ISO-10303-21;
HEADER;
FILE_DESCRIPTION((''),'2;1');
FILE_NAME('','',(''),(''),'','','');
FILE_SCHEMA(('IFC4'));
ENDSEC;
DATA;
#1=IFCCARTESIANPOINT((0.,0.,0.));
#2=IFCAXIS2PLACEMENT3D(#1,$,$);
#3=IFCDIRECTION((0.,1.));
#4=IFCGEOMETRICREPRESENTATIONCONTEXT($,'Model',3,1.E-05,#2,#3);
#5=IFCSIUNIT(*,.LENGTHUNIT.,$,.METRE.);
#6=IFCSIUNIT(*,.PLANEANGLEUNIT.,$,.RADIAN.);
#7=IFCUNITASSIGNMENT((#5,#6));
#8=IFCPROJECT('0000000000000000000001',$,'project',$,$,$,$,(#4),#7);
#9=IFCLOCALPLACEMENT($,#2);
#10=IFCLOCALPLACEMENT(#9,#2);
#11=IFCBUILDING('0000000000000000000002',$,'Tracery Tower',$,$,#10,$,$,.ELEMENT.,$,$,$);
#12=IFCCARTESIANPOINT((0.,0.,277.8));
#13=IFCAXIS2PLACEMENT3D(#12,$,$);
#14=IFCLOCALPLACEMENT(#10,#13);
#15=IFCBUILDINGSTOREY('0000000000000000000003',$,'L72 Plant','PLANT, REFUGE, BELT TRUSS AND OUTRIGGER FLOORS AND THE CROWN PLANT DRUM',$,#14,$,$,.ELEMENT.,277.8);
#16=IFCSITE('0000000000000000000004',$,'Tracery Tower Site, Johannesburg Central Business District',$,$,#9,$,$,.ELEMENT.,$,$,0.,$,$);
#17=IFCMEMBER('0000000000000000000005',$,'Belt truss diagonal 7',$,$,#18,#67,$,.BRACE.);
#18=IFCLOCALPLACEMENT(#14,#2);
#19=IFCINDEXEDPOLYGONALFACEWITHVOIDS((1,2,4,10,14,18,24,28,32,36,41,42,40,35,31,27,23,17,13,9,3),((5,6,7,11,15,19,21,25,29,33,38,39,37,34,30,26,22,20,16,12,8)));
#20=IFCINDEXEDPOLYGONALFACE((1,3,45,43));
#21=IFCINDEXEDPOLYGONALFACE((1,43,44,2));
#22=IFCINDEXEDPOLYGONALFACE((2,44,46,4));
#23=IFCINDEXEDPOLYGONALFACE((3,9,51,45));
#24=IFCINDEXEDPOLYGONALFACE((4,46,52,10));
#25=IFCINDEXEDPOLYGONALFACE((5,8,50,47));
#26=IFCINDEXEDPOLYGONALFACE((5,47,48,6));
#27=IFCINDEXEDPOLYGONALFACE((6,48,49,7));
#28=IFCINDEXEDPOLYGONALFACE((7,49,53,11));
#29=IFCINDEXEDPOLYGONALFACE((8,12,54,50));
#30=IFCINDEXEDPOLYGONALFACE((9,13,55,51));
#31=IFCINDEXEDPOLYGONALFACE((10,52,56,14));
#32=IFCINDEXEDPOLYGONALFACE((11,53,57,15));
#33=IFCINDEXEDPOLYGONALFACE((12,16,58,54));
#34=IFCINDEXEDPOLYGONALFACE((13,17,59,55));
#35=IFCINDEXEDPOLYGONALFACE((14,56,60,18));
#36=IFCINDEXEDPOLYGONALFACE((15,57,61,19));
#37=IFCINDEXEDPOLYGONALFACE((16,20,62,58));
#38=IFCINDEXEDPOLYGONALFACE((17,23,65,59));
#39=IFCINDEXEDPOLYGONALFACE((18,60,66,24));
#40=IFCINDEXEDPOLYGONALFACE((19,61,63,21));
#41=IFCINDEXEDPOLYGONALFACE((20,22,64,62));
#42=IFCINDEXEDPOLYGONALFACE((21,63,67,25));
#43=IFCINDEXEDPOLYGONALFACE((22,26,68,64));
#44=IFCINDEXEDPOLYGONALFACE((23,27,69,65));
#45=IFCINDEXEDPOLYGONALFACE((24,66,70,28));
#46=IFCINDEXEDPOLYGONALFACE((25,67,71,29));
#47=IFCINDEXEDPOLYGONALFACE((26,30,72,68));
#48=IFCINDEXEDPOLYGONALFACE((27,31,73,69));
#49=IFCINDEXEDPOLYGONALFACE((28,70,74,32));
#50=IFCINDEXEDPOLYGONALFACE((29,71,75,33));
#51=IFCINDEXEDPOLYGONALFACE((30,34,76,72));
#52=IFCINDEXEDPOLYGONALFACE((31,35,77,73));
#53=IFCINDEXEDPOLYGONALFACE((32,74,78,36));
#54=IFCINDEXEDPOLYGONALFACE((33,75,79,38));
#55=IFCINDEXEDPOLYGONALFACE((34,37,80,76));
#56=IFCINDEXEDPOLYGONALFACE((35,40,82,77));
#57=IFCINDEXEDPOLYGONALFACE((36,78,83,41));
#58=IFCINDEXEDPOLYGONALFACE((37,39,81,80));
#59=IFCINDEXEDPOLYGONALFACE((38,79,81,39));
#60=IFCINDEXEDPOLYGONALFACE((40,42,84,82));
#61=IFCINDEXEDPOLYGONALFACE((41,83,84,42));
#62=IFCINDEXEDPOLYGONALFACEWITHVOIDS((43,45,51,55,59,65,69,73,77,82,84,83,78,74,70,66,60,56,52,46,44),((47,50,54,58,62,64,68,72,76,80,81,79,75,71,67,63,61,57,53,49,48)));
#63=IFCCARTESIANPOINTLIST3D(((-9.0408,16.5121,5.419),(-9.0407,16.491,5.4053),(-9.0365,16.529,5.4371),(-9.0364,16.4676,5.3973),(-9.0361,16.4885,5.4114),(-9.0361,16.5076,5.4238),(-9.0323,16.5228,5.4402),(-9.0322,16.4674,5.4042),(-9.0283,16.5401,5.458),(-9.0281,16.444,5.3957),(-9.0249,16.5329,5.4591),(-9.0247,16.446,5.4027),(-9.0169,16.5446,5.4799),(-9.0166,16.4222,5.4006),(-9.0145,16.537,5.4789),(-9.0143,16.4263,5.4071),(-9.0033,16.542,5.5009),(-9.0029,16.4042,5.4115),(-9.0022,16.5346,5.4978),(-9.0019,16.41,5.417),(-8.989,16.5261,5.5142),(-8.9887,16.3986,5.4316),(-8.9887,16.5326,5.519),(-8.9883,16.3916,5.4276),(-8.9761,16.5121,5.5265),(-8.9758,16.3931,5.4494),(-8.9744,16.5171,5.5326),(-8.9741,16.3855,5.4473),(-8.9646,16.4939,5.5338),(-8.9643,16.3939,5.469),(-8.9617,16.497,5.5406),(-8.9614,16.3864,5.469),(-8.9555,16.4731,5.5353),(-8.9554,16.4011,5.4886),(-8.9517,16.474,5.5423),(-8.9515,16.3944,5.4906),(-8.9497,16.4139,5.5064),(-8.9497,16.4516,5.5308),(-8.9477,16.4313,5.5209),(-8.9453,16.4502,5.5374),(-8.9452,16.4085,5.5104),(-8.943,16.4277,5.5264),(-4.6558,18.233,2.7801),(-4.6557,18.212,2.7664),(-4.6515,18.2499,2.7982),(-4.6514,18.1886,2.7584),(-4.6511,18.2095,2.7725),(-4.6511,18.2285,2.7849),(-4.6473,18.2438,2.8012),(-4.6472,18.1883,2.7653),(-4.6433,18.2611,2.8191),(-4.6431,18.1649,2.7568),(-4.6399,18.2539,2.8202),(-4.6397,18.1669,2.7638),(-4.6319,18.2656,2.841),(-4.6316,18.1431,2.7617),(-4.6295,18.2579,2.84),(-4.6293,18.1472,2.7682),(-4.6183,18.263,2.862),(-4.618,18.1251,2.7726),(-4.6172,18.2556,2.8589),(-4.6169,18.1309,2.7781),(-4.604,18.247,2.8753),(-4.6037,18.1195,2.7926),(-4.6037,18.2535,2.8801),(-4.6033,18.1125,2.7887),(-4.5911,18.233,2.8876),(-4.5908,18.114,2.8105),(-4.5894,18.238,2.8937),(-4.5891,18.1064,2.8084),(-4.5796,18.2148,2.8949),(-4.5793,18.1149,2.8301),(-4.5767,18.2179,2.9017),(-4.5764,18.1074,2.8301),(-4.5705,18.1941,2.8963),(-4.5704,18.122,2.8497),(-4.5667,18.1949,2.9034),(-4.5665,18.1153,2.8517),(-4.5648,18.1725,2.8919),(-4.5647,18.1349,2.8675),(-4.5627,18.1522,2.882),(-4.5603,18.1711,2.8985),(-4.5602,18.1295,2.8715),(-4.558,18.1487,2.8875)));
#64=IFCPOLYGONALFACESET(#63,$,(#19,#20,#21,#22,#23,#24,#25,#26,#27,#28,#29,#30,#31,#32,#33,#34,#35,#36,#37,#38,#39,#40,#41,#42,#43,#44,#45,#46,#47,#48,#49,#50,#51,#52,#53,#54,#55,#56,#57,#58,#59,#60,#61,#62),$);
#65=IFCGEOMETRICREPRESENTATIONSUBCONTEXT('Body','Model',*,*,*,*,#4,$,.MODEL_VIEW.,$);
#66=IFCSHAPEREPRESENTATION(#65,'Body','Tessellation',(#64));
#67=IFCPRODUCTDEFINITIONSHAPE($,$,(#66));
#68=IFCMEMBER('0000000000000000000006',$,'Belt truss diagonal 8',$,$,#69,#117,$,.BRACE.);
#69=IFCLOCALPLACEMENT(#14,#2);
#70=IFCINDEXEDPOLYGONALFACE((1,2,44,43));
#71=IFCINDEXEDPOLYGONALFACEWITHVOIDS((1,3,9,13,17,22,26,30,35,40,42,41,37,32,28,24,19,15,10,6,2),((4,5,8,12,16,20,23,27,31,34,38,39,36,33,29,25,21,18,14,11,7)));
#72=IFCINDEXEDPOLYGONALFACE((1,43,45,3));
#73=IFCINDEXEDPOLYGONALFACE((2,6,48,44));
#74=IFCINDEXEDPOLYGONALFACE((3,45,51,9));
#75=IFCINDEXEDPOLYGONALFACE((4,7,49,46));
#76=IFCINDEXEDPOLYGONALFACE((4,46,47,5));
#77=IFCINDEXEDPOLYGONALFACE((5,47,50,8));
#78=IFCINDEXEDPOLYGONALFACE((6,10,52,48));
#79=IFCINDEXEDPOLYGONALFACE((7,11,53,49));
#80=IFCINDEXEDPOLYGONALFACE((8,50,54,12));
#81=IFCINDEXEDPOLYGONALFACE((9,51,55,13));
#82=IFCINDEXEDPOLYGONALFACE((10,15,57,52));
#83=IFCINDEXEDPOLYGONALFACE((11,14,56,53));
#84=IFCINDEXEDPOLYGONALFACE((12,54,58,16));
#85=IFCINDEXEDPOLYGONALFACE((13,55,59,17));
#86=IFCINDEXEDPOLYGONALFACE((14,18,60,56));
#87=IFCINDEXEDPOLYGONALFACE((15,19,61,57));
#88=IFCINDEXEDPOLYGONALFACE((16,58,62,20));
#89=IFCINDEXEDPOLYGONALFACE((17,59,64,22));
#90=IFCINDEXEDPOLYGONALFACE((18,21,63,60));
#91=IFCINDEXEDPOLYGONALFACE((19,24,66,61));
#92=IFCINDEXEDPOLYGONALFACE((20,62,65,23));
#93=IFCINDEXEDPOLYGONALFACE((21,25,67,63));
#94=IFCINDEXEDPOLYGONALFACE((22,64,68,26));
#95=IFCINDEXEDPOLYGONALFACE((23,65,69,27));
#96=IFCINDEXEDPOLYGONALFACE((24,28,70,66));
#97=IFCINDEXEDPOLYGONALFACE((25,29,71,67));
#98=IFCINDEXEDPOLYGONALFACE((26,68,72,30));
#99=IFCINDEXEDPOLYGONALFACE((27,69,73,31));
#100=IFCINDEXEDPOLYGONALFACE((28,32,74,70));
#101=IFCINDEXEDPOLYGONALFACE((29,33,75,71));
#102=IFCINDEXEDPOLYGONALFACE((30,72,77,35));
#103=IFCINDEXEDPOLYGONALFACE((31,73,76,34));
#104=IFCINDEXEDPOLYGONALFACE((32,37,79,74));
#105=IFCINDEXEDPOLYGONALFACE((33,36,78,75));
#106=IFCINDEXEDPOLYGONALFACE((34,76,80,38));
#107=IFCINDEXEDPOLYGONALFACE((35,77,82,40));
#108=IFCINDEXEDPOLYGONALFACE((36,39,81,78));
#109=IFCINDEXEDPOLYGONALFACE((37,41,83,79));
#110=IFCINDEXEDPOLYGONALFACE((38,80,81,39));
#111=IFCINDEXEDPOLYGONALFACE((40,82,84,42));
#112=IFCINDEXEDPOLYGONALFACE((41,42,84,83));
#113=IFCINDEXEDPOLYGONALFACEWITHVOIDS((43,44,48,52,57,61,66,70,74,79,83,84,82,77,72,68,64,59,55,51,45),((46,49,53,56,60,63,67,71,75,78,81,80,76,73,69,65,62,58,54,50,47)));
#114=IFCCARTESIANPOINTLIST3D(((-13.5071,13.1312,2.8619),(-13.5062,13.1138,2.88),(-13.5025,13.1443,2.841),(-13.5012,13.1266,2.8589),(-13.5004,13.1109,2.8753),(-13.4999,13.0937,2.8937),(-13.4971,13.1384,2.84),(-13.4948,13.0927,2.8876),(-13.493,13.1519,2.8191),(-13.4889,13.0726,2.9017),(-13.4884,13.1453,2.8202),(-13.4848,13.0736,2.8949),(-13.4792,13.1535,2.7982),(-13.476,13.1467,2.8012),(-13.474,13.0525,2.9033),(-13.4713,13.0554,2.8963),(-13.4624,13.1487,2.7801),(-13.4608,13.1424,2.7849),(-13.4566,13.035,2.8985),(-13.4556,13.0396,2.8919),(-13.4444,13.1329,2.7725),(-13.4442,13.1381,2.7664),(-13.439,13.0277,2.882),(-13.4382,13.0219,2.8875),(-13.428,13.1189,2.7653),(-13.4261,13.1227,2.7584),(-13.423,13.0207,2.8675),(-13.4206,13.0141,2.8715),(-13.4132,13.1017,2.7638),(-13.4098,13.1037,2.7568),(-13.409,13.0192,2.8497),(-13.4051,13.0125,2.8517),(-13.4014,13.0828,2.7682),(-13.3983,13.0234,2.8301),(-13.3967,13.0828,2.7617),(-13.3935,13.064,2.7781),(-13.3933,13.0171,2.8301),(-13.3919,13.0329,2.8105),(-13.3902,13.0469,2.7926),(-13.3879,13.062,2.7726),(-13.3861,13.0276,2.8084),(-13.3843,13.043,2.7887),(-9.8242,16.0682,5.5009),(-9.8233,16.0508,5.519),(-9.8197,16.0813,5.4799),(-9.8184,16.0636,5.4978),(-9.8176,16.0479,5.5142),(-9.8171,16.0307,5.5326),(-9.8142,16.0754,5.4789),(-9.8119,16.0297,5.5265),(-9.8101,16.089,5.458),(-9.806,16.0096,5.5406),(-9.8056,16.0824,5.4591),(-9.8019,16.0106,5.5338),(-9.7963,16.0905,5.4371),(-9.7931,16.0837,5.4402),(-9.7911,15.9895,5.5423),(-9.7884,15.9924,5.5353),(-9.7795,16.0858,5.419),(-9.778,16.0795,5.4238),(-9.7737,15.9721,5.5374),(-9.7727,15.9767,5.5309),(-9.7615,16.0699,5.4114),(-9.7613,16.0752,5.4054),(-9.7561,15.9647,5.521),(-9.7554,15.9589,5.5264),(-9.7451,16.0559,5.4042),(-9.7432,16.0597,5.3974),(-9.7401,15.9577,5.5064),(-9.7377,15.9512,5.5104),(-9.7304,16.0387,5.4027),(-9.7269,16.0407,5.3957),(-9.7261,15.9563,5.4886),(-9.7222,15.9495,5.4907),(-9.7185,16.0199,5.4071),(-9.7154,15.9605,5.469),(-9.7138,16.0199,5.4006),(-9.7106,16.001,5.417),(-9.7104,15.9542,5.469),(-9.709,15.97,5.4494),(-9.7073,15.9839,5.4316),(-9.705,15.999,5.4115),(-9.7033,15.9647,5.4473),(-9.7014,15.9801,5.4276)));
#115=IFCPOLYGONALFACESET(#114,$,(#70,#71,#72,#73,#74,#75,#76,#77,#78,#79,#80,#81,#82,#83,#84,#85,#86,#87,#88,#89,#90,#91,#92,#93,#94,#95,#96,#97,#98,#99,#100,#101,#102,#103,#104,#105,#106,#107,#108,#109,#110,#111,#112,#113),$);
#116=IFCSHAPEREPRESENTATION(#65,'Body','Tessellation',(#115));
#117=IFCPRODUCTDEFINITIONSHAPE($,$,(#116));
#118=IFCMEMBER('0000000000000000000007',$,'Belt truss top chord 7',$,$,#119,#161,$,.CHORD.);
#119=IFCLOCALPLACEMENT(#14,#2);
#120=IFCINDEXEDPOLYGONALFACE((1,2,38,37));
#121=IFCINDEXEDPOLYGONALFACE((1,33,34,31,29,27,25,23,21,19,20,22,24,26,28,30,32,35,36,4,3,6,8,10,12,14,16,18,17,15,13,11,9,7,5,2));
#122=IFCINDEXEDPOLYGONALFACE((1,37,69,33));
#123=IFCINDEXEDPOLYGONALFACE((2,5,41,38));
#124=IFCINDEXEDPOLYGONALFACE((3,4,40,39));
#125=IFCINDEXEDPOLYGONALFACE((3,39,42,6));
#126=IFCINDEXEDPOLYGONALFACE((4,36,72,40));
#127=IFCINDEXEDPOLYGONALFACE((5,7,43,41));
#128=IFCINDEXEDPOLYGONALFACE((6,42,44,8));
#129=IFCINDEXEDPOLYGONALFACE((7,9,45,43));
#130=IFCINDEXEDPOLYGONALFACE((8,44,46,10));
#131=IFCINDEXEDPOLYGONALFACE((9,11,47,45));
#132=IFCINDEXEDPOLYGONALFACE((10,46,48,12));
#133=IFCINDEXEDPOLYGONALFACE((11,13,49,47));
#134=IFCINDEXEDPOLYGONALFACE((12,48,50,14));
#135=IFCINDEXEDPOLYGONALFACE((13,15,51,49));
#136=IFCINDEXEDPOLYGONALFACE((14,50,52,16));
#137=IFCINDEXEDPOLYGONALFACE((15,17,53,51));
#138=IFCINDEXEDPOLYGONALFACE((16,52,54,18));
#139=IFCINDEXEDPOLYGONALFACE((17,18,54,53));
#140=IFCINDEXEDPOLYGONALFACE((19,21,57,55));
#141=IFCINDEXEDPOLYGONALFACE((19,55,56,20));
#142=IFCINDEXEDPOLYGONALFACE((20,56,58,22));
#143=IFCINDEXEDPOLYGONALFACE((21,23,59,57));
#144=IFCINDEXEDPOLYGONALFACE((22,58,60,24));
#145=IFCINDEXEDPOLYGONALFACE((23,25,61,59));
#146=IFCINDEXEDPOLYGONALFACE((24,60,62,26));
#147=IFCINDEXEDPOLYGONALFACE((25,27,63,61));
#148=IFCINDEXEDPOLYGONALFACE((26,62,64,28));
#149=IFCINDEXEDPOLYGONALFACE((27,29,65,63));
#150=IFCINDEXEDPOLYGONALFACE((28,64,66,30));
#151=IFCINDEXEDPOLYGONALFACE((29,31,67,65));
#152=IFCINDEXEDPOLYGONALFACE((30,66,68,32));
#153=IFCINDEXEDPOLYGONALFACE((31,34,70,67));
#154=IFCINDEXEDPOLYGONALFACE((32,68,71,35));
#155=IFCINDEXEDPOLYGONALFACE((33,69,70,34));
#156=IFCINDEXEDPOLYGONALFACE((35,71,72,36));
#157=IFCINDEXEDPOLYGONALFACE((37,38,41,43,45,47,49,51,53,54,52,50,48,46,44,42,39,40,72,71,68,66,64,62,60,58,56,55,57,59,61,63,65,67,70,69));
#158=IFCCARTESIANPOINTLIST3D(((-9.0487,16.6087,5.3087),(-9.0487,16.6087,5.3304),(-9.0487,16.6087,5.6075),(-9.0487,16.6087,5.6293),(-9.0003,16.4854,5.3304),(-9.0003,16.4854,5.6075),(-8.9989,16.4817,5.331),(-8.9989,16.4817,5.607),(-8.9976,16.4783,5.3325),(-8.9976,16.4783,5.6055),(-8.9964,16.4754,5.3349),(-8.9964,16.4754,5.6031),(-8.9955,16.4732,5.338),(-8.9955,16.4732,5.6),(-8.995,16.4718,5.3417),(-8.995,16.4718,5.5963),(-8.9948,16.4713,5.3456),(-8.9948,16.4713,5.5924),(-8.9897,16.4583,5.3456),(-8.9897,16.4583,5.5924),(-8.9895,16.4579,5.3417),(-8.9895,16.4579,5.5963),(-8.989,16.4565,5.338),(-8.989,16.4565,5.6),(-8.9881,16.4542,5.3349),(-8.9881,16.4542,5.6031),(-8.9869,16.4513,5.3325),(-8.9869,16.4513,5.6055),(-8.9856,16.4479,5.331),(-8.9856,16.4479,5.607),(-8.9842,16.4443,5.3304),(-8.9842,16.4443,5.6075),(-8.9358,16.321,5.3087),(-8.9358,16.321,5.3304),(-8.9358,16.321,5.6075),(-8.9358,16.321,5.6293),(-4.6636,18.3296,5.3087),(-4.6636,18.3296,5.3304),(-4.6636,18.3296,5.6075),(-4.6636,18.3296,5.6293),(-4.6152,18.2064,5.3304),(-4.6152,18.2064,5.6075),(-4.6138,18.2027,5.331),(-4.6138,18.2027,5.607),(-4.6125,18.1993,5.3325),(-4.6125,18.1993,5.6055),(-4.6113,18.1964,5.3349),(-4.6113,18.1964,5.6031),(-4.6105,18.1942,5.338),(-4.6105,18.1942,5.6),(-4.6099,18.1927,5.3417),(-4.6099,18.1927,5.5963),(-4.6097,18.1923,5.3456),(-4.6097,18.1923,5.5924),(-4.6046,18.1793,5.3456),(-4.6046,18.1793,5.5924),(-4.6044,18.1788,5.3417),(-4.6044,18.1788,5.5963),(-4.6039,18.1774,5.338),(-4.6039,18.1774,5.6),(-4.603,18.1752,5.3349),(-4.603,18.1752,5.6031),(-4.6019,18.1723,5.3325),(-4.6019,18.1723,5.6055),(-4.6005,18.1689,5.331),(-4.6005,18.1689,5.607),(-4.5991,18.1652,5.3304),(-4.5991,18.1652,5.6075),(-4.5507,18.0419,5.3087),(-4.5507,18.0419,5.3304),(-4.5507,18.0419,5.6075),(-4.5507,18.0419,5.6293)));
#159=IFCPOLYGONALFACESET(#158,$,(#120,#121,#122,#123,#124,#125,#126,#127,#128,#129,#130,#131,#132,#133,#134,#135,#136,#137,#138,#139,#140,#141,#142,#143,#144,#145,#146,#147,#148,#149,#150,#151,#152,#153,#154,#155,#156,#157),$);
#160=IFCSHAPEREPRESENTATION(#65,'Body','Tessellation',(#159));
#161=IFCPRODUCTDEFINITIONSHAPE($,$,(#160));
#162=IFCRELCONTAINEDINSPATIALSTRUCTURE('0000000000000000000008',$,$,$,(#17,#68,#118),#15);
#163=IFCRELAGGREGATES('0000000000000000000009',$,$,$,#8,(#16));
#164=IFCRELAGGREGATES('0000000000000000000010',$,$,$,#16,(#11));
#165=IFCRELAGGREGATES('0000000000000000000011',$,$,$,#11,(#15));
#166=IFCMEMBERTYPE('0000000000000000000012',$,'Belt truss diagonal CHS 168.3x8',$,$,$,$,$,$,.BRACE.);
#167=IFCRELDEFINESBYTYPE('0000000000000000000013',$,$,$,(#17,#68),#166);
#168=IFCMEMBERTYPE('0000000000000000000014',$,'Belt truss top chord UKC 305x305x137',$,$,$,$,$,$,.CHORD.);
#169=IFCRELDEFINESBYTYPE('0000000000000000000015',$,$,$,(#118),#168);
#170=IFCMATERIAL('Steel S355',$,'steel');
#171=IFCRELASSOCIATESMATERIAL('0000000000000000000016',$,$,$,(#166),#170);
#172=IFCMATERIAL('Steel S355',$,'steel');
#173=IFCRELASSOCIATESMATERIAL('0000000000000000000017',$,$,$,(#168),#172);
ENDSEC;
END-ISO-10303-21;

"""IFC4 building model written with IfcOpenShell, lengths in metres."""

from ifc_helpers import new_model, si_unit, direction, frame, origin, origin_2d, place, context, subcontext, project, spatial, hollow_circle, i_section, extrude, material, material_profile, profile_set, type_object, element, save


model = new_model("IFC4")

# Units and contexts
model_context = context("Model", 3, precision=1e-05, world=origin(), true_north=direction((0.0, 1.0)))
body_context = subcontext(model_context, "Body", "Model", "MODEL_VIEW")
ifc_project = project(units=[si_unit("LENGTHUNIT", "METRE"), si_unit("PLANEANGLEUNIT", "RADIAN")], contexts=[model_context])

# Site, building, storey
site_placement = place(None, origin())
site = spatial("IfcSite", under=ifc_project, at=site_placement, Name="Tracery Tower Site, Johannesburg Central Business District", CompositionType="ELEMENT", RefElevation=0.0)
building_placement = place(site_placement, origin())
building = spatial("IfcBuilding", under=site, at=building_placement, Name="Tracery Tower", CompositionType="ELEMENT")
storey_placement = place(building_placement, frame((0.0, 0.0, 277.8)))
storey = spatial("IfcBuildingStorey", under=building, at=storey_placement, Name="L72 Plant", Description="PLANT, REFUGE, BELT TRUSS AND OUTRIGGER FLOORS AND THE CROWN PLANT DRUM", CompositionType="ELEMENT", Elevation=277.8)

# Members
ifc_material_1 = material(Name="Steel S355", Category="steel")
ifc_material_profile_1 = material_profile(ifc_material_1, hollow_circle(Radius=0.0842, WallThickness=0.0081, at=origin_2d()), Name="CHS 168.3x8")
ifc_profile_set_1 = profile_set([ifc_material_profile_1], Name="Steel S355")
member_type_1 = type_object("IfcMemberType", Name="Belt truss diagonal CHS 168.3x8", PredefinedType="BRACE", material=ifc_profile_set_1)
for number, where, z_axis, x_axis, name in (
    (1, (-4.6072, 18.1858, 2.8301), (-0.812125, -0.318728, 0.48874), (0.365333, -0.930877, 0.0), "Belt truss diagonal 7"),
    (2, (-9.7629, 16.02, 5.469), (-0.682089, -0.543953, -0.488744), (0.623493, -0.781829, 0.0), "Belt truss diagonal 8"),
):
    element("IfcMember", number, at=place(storey_placement, frame(where, z_axis=z_axis, x_axis=x_axis)), inside=storey, type_object=member_type_1, Name=name, PredefinedType="BRACE", context=body_context, shape_type="SweptSolid", body=[
        extrude(hollow_circle(Radius=0.0842, WallThickness=0.0081, at=origin_2d()), origin(), (0.0, 0.0, 1.0), 5.3994),
    ])
ifc_material_2 = material(Name="Steel S355", Category="steel")
ifc_material_profile_2 = material_profile(ifc_material_2, i_section(OverallWidth=0.3091, OverallDepth=0.3206, WebThickness=0.0139, FlangeThickness=0.0217, FilletRadius=0.0151, at=origin_2d()), Name="UKC 305x305x137")
ifc_profile_set_2 = profile_set([ifc_material_profile_2], Name="Steel S355")
member_type_2 = type_object("IfcMemberType", Name="Belt truss top chord UKC 305x305x137", PredefinedType="CHORD", material=ifc_profile_set_2)
member_1_placement = place(storey_placement, frame((-4.6072, 18.1858, 5.469), z_axis=(-0.930877, -0.365333, 0.0), x_axis=(0.365333, -0.930877, 0.0)))
element("IfcMember", 3, at=member_1_placement, inside=storey, type_object=member_type_2, Name="Belt truss top chord 7", PredefinedType="CHORD", context=body_context, shape_type="SweptSolid", body=[
    extrude(i_section(OverallWidth=0.3091, OverallDepth=0.3206, WebThickness=0.0139, FlangeThickness=0.0217, FilletRadius=0.0151, at=origin_2d()), origin(), (0.0, 0.0, 1.0), 4.7107),
])

save(model, "model.ifc")
